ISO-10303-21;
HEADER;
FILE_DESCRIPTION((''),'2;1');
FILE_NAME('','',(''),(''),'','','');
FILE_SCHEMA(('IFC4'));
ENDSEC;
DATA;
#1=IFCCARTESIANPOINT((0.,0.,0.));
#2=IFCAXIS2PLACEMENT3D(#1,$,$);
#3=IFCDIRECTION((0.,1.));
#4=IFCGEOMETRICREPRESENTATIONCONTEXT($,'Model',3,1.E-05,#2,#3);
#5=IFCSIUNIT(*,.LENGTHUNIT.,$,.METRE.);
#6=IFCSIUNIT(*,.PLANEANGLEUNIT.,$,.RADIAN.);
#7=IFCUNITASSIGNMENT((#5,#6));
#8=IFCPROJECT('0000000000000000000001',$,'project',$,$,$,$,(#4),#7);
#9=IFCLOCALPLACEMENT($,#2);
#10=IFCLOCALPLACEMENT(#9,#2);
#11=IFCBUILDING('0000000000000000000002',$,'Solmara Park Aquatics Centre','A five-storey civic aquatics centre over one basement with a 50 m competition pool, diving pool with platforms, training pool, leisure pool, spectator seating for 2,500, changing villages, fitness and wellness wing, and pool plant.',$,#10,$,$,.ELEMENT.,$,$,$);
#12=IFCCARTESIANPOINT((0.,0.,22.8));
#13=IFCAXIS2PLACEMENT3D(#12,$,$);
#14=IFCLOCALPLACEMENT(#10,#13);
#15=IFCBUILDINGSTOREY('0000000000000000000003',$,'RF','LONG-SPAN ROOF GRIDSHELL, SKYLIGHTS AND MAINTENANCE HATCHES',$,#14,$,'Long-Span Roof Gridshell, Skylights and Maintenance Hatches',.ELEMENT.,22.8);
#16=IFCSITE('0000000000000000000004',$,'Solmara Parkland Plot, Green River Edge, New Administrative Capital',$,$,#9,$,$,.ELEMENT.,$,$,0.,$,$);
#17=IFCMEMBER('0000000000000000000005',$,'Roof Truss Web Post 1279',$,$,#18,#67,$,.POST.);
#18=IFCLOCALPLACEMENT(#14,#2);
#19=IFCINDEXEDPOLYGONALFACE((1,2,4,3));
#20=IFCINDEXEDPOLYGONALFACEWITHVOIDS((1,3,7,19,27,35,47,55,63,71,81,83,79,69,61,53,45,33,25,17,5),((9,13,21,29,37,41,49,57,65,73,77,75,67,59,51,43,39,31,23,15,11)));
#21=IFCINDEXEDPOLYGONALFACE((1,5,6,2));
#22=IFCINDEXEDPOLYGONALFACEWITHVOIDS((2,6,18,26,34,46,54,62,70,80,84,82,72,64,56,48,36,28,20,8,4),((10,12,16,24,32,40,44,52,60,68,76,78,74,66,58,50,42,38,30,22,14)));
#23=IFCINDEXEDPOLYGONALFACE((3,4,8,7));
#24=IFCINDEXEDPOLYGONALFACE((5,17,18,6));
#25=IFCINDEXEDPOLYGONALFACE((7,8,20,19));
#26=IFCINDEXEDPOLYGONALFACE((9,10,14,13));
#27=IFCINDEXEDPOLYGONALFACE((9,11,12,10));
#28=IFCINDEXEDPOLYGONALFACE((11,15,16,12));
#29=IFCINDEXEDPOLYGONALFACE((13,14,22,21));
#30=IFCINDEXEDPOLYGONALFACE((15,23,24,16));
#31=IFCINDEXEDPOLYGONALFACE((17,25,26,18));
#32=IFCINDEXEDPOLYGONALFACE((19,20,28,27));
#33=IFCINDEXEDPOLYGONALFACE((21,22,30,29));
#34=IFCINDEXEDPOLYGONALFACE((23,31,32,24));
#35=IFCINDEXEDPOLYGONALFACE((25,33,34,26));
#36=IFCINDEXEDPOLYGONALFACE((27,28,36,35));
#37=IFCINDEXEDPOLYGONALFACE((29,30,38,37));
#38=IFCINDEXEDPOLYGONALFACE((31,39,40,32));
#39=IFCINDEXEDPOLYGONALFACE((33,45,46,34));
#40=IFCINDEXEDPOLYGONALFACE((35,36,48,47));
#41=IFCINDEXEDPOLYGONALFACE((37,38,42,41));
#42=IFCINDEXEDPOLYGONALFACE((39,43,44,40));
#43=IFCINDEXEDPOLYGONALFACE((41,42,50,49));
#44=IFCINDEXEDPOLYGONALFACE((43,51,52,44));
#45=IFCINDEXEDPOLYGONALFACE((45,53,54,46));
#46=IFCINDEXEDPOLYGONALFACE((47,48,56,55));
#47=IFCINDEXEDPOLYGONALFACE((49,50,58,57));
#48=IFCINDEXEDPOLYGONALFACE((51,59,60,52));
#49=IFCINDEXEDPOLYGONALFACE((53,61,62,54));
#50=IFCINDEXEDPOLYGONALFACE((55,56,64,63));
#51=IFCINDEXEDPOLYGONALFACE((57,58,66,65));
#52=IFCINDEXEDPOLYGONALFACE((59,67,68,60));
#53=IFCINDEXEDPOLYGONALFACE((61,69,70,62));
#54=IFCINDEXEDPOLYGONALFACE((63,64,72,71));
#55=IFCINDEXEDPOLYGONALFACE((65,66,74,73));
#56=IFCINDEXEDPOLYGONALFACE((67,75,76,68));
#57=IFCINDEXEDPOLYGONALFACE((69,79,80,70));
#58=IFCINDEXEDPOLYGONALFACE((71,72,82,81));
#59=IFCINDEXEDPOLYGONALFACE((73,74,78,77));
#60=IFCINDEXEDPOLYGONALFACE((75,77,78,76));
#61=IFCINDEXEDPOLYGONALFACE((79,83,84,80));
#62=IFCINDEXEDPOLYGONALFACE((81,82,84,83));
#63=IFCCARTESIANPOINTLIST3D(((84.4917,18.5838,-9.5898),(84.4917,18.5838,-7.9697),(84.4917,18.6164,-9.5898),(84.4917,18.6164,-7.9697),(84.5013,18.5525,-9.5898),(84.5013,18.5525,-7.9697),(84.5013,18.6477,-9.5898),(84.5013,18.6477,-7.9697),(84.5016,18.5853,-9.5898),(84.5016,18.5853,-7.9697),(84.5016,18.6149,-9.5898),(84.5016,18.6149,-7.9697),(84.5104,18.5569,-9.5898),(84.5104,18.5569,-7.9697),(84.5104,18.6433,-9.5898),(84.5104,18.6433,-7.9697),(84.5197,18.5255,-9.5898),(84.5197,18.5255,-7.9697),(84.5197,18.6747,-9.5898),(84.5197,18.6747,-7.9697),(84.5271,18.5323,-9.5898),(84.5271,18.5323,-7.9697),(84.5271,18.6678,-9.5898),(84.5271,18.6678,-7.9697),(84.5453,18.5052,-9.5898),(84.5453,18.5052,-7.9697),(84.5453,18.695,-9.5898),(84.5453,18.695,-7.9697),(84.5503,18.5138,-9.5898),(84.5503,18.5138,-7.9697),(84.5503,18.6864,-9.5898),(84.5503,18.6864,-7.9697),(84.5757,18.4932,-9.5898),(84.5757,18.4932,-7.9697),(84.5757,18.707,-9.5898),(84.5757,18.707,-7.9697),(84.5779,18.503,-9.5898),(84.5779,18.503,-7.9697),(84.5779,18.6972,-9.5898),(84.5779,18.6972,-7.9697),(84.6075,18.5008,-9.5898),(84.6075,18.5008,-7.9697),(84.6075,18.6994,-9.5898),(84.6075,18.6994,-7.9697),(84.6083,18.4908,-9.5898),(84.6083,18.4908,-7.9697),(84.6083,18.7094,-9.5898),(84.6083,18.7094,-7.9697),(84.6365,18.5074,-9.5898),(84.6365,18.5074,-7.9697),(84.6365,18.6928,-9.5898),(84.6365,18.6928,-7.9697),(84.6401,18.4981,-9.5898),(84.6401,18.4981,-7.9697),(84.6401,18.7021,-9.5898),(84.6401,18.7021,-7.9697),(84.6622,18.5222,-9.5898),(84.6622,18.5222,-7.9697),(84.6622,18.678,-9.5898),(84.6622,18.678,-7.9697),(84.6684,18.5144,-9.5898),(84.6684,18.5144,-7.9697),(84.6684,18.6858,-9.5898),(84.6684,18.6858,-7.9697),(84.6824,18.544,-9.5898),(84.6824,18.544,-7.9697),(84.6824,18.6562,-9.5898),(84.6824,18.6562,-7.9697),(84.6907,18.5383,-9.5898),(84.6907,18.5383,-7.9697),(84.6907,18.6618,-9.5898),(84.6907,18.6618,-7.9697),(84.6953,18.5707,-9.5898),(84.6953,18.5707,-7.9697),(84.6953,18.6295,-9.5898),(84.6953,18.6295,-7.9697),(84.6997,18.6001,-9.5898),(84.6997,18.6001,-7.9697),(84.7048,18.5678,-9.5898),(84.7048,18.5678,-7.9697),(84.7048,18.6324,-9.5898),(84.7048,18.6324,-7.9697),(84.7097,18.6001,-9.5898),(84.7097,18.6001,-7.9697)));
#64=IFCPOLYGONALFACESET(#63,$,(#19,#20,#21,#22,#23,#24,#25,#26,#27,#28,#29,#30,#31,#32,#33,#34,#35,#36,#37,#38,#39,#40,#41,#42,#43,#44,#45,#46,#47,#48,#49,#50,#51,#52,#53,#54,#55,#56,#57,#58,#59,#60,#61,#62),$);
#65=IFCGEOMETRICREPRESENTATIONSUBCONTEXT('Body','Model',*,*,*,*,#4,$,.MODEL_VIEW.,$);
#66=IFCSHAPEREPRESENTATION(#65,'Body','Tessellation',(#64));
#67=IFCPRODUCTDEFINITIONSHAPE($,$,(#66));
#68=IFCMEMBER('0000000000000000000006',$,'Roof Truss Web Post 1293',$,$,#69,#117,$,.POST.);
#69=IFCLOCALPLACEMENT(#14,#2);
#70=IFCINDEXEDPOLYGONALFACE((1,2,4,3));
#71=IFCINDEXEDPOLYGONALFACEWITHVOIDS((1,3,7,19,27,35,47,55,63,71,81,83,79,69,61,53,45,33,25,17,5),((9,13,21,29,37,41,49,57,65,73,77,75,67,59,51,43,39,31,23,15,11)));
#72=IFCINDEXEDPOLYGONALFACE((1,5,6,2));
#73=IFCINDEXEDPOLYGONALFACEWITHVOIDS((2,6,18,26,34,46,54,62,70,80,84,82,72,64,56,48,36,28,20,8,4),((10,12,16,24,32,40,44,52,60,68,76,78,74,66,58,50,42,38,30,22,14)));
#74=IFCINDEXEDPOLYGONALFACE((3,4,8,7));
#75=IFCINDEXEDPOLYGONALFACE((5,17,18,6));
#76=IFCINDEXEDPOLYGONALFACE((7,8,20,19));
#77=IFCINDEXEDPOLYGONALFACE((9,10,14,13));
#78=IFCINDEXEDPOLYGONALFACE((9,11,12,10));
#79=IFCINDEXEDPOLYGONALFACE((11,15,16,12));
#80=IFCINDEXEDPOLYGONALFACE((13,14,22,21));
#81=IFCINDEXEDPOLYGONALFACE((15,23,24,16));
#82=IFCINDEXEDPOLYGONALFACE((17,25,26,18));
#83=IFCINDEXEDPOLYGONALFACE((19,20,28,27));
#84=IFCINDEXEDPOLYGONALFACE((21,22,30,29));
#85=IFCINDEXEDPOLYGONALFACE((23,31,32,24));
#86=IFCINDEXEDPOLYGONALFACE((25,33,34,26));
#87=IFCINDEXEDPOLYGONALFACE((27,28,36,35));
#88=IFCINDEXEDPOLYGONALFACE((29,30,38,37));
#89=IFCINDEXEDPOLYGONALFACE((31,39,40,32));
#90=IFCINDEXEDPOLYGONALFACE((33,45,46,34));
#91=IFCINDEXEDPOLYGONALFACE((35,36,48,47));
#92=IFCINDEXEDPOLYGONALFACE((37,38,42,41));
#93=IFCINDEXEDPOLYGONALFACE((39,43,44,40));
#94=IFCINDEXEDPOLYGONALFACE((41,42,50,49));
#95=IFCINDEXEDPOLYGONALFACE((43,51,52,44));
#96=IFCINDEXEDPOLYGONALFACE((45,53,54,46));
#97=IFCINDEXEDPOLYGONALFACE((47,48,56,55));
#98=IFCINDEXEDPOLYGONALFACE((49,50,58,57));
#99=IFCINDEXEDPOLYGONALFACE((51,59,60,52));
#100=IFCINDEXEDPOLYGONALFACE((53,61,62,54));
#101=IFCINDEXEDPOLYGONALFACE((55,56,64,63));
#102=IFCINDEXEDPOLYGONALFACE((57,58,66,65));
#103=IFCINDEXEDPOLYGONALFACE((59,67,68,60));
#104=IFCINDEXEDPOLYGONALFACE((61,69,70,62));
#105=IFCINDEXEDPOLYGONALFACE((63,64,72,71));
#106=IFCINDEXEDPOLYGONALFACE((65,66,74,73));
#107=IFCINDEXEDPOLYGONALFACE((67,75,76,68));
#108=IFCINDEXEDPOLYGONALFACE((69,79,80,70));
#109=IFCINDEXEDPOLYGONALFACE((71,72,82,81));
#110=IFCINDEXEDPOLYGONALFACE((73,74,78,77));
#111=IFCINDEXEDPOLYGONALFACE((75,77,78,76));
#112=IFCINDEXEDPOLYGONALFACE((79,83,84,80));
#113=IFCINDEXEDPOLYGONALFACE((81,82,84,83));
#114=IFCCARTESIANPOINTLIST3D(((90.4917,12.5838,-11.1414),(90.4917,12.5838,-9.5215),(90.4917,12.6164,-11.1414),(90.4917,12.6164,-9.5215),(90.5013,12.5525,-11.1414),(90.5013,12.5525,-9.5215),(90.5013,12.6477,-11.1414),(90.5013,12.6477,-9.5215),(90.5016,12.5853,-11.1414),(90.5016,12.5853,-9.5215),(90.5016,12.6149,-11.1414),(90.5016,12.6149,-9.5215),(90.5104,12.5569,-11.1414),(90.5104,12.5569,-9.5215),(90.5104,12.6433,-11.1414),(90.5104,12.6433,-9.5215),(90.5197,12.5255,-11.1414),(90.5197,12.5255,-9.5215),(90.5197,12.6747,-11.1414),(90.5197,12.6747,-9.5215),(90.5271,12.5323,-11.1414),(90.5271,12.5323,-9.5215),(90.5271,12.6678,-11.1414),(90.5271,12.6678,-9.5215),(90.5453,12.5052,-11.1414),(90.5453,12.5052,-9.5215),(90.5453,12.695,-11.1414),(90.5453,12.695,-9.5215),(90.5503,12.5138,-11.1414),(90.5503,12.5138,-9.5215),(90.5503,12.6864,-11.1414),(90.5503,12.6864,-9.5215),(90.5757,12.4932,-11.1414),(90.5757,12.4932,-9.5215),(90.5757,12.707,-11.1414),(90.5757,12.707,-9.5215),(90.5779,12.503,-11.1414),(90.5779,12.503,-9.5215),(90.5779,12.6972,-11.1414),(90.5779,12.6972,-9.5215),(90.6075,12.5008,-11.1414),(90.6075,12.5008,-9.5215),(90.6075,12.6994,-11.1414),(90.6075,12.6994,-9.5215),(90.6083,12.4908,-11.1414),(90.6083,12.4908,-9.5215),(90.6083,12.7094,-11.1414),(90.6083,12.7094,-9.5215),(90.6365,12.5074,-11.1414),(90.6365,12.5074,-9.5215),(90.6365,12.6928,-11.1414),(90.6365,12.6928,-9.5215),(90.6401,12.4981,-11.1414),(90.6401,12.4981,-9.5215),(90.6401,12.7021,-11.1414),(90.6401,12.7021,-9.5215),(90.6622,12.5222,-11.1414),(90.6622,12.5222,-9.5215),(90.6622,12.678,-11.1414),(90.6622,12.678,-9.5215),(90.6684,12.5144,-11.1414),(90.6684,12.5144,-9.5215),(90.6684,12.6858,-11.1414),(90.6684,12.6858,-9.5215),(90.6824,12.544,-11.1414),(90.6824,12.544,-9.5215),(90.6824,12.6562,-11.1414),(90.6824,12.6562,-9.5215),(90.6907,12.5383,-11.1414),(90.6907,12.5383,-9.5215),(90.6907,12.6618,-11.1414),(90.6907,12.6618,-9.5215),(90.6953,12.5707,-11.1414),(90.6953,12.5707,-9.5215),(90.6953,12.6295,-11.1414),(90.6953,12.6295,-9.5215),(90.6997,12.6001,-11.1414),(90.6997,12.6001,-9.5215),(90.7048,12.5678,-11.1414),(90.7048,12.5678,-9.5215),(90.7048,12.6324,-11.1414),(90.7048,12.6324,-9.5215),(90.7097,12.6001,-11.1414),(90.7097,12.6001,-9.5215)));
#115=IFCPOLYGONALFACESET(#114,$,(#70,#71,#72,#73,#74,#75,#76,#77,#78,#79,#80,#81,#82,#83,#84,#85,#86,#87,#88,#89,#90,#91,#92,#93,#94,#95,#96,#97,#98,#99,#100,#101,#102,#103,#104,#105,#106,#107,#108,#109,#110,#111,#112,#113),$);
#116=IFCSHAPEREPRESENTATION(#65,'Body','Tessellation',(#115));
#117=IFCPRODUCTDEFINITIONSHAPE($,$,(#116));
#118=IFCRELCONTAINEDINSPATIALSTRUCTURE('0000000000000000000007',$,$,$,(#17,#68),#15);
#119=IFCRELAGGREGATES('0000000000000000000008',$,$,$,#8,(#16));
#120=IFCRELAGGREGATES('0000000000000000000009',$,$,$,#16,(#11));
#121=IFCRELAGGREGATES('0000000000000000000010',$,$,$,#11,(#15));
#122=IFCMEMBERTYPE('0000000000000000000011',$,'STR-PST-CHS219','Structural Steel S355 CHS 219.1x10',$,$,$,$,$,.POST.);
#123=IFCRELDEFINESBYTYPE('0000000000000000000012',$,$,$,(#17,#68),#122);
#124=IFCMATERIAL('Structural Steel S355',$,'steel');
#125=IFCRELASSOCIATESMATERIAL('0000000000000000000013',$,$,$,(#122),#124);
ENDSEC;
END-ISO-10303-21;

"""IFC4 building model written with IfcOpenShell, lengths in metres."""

from ifc_helpers import new_model, si_unit, direction, frame, origin, origin_2d, place, context, subcontext, project, spatial, hollow_circle, extrude, material, material_profile, profile_set, type_object, element, save


model = new_model("IFC4")

# Units and contexts
model_context = context("Model", 3, precision=1e-05, world=origin(), true_north=direction((0.0, 1.0)))
body_context = subcontext(model_context, "Body", "Model", "MODEL_VIEW")
ifc_project = project(units=[si_unit("LENGTHUNIT", "METRE"), si_unit("PLANEANGLEUNIT", "RADIAN")], contexts=[model_context])

# Site, building, storey
site_placement = place(None, origin())
site = spatial("IfcSite", under=ifc_project, at=site_placement, Name="Solmara Parkland Plot, Green River Edge, New Administrative Capital", CompositionType="ELEMENT", RefElevation=0.0)
building_placement = place(site_placement, origin())
building = spatial("IfcBuilding", under=site, at=building_placement, Name="Solmara Park Aquatics Centre", Description="A five-storey civic aquatics centre over one basement with a 50 m competition pool, diving pool with platforms, training pool, leisure pool, spectator seating for 2,500, changing villages, fitness and wellness wing, and pool plant.", CompositionType="ELEMENT")
storey_placement = place(building_placement, frame((0.0, 0.0, 22.8)))
storey = spatial("IfcBuildingStorey", under=building, at=storey_placement, Name="RF", Description="LONG-SPAN ROOF GRIDSHELL, SKYLIGHTS AND MAINTENANCE HATCHES", LongName="Long-Span Roof Gridshell, Skylights and Maintenance Hatches", CompositionType="ELEMENT", Elevation=22.8)

# Members
ifc_material_1 = material(Name="Structural Steel S355", Category="steel")
ifc_material_profile_1 = material_profile(ifc_material_1, hollow_circle(Radius=0.1096, WallThickness=0.01, at=origin_2d()), Name="CHS 219.1x10")
ifc_profile_set_1 = profile_set([ifc_material_profile_1], Name="Structural Steel S355")
member_type_1 = type_object("IfcMemberType", Name="STR-PST-CHS219", Description="Structural Steel S355 CHS 219.1x10", PredefinedType="POST", material=ifc_profile_set_1)
for number, where, z_axis, x_axis, name in (
    (1, (84.6001, 18.6001, -9.5898), (0.0, 0.0, 1.0), (1.0, 0.0, 0.0), "Roof Truss Web Post 1279"),
):
    element("IfcMember", number, at=place(storey_placement, frame(where, z_axis=z_axis, x_axis=x_axis)), inside=storey, type_object=member_type_1, Name=name, PredefinedType="POST", context=body_context, shape_type="SweptSolid", body=[
        extrude(hollow_circle(Radius=0.1096, WallThickness=0.01, at=origin_2d()), origin(), (0.0, 0.0, 1.0), 1.6201),
    ])
member_1_placement = place(storey_placement, frame((90.6001, 12.6001, -11.1414), z_axis=(0.0, 0.0, 1.0), x_axis=(1.0, 0.0, 0.0)))
element("IfcMember", 2, at=member_1_placement, inside=storey, type_object=member_type_1, Name="Roof Truss Web Post 1293", PredefinedType="POST", context=body_context, shape_type="SweptSolid", body=[
    extrude(hollow_circle(Radius=0.1096, WallThickness=0.01, at=origin_2d()), origin(), (0.0, 0.0, 1.0), 1.6199),
])

save(model, "model.ifc")
